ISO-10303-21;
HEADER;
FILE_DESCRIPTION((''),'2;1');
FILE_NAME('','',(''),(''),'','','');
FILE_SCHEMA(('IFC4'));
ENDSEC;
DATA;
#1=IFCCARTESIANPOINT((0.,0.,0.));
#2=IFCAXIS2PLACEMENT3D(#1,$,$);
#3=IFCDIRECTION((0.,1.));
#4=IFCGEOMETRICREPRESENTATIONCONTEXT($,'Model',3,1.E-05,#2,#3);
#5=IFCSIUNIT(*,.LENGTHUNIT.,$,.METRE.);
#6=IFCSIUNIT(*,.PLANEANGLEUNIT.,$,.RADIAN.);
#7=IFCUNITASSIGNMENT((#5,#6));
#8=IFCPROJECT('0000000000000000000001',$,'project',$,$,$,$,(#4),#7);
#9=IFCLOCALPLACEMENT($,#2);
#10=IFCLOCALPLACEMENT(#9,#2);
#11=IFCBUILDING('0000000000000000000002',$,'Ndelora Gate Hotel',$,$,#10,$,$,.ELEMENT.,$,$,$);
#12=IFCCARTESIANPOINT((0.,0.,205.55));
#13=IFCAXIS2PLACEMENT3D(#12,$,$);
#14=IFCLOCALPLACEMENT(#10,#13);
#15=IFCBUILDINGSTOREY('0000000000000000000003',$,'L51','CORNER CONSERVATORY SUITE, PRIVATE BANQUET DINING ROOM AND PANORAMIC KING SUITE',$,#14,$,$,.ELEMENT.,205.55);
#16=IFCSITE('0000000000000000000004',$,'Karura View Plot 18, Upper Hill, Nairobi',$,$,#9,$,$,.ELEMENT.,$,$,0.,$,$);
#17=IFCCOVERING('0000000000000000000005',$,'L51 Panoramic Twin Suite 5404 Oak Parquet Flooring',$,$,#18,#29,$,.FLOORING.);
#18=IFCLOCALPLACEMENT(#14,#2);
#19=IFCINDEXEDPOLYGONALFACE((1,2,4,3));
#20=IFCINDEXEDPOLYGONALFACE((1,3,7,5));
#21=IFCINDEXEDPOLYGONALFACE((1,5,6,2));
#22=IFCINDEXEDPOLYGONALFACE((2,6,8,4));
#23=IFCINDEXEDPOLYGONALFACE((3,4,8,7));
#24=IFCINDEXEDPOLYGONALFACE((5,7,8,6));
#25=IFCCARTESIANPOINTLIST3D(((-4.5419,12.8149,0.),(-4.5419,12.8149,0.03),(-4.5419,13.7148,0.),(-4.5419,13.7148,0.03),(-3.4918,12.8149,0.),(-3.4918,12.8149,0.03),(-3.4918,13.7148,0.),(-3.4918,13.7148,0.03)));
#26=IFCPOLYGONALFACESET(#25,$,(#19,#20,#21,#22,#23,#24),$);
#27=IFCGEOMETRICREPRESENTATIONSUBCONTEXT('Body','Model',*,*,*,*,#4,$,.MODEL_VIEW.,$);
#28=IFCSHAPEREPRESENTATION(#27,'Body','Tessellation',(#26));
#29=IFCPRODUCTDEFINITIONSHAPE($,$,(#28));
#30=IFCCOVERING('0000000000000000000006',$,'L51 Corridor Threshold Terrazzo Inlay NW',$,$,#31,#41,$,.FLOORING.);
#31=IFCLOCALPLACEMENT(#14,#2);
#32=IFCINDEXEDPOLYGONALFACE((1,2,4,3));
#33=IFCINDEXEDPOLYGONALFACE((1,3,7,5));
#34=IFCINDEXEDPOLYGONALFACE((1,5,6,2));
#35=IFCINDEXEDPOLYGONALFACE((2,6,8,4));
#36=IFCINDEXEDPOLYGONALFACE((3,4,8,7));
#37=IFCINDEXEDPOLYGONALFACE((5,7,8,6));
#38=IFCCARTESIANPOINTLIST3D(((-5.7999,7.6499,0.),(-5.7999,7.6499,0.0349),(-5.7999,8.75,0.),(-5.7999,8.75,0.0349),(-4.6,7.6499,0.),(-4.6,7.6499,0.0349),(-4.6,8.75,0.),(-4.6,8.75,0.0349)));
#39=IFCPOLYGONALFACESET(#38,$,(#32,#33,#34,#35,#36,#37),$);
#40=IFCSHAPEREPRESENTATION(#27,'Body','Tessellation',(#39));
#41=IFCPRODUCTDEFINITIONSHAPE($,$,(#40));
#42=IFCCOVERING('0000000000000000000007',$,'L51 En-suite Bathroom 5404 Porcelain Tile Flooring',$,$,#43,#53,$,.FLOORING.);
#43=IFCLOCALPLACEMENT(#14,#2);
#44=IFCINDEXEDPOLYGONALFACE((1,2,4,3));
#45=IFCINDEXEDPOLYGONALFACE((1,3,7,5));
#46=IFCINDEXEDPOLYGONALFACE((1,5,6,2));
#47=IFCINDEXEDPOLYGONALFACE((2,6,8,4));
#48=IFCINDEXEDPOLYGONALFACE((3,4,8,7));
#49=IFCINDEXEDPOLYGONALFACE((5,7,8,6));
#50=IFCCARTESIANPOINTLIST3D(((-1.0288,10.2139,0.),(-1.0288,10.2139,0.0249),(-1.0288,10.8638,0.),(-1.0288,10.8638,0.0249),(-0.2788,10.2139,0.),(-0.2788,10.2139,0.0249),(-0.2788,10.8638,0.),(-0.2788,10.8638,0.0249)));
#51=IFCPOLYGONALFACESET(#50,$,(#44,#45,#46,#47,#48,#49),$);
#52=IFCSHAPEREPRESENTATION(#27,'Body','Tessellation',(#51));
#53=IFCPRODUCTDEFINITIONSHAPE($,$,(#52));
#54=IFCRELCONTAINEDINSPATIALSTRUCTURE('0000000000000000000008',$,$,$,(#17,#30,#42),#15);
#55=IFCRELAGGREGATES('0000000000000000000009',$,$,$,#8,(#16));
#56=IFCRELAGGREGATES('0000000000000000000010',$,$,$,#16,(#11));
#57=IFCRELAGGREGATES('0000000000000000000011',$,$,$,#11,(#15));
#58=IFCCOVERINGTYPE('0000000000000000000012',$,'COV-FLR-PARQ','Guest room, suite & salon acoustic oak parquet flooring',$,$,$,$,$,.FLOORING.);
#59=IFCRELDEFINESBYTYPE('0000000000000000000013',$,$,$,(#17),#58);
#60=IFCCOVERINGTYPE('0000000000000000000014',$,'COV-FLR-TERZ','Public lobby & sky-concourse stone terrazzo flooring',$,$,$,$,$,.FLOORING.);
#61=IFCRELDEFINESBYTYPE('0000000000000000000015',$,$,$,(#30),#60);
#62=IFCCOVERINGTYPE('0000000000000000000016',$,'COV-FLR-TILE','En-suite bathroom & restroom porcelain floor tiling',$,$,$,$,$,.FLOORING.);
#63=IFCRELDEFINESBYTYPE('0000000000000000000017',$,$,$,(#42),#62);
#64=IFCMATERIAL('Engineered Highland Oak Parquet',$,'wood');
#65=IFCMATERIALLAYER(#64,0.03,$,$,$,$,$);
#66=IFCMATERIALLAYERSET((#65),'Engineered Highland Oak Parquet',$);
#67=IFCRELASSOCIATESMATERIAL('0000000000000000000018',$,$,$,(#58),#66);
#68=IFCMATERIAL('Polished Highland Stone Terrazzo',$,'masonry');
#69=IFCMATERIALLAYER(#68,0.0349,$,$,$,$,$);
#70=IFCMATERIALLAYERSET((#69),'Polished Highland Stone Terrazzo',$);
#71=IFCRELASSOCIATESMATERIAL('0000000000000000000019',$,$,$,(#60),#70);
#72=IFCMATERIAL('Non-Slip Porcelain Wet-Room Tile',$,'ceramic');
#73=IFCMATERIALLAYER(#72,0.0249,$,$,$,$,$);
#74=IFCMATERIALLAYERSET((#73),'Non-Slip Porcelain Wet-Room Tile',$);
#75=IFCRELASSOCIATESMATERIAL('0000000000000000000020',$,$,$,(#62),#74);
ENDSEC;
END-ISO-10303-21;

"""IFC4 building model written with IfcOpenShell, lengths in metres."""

from ifc_helpers import new_model, si_unit, direction, frame, origin, origin_2d, place, context, subcontext, project, spatial, rectangle, extrude, material, layer, layer_set, type_object, element, save


model = new_model("IFC4")

# Units and contexts
model_context = context("Model", 3, precision=1e-05, world=origin(), true_north=direction((0.0, 1.0)))
body_context = subcontext(model_context, "Body", "Model", "MODEL_VIEW")
ifc_project = project(units=[si_unit("LENGTHUNIT", "METRE"), si_unit("PLANEANGLEUNIT", "RADIAN")], contexts=[model_context])

# Site, building, storey
site_placement = place(None, origin())
site = spatial("IfcSite", under=ifc_project, at=site_placement, Name="Karura View Plot 18, Upper Hill, Nairobi", CompositionType="ELEMENT", RefElevation=0.0)
building_placement = place(site_placement, origin())
building = spatial("IfcBuilding", under=site, at=building_placement, Name="Ndelora Gate Hotel", CompositionType="ELEMENT")
storey_placement = place(building_placement, frame((0.0, 0.0, 205.55)))
storey = spatial("IfcBuildingStorey", under=building, at=storey_placement, Name="L51", Description="CORNER CONSERVATORY SUITE, PRIVATE BANQUET DINING ROOM AND PANORAMIC KING SUITE", CompositionType="ELEMENT", Elevation=205.55)

# Coverings
ifc_material_1 = material(Name="Engineered Highland Oak Parquet", Category="wood")
ifc_layer_1 = layer(ifc_material_1, 0.03)
ifc_layer_set_1 = layer_set([ifc_layer_1], Name="Engineered Highland Oak Parquet")
covering_type_1 = type_object("IfcCoveringType", Name="COV-FLR-PARQ", Description="Guest room, suite & salon acoustic oak parquet flooring", PredefinedType="FLOORING", material=ifc_layer_set_1)
covering_1_placement = place(storey_placement, frame((-4.0168, 13.2649, 0.0), z_axis=(0.0, 0.0, 1.0), x_axis=(1.0, 0.0, 0.0)))
element("IfcCovering", 1, at=covering_1_placement, inside=storey, type_object=covering_type_1, Name="L51 Panoramic Twin Suite 5404 Oak Parquet Flooring", PredefinedType="FLOORING", context=body_context, shape_type="SweptSolid", body=[
    extrude(rectangle(XDim=1.05, YDim=0.8999, at=origin_2d()), origin(), (0.0, 0.0, 1.0), 0.03),
])
ifc_material_2 = material(Name="Polished Highland Stone Terrazzo", Category="masonry")
ifc_layer_2 = layer(ifc_material_2, 0.0349)
ifc_layer_set_2 = layer_set([ifc_layer_2], Name="Polished Highland Stone Terrazzo")
covering_type_2 = type_object("IfcCoveringType", Name="COV-FLR-TERZ", Description="Public lobby & sky-concourse stone terrazzo flooring", PredefinedType="FLOORING", material=ifc_layer_set_2)
covering_2_placement = place(storey_placement, frame((-5.2, 8.2, 0.0), z_axis=(0.0, 0.0, 1.0), x_axis=(1.0, 0.0, 0.0)))
element("IfcCovering", 2, at=covering_2_placement, inside=storey, type_object=covering_type_2, Name="L51 Corridor Threshold Terrazzo Inlay NW", PredefinedType="FLOORING", context=body_context, shape_type="SweptSolid", body=[
    extrude(rectangle(XDim=1.2, YDim=1.1001, at=origin_2d()), origin(), (0.0, 0.0, 1.0), 0.0349),
])
ifc_material_3 = material(Name="Non-Slip Porcelain Wet-Room Tile", Category="ceramic")
ifc_layer_3 = layer(ifc_material_3, 0.0249)
ifc_layer_set_3 = layer_set([ifc_layer_3], Name="Non-Slip Porcelain Wet-Room Tile")
covering_type_3 = type_object("IfcCoveringType", Name="COV-FLR-TILE", Description="En-suite bathroom & restroom porcelain floor tiling", PredefinedType="FLOORING", material=ifc_layer_set_3)
covering_3_placement = place(storey_placement, frame((-0.6538, 10.5388, 0.0), z_axis=(0.0, 0.0, 1.0), x_axis=(1.0, 0.0, 0.0)))
element("IfcCovering", 3, at=covering_3_placement, inside=storey, type_object=covering_type_3, Name="L51 En-suite Bathroom 5404 Porcelain Tile Flooring", PredefinedType="FLOORING", context=body_context, shape_type="SweptSolid", body=[
    extrude(rectangle(XDim=0.75, YDim=0.6499, at=origin_2d()), origin(), (0.0, 0.0, 1.0), 0.0249),
])

save(model, "model.ifc")
